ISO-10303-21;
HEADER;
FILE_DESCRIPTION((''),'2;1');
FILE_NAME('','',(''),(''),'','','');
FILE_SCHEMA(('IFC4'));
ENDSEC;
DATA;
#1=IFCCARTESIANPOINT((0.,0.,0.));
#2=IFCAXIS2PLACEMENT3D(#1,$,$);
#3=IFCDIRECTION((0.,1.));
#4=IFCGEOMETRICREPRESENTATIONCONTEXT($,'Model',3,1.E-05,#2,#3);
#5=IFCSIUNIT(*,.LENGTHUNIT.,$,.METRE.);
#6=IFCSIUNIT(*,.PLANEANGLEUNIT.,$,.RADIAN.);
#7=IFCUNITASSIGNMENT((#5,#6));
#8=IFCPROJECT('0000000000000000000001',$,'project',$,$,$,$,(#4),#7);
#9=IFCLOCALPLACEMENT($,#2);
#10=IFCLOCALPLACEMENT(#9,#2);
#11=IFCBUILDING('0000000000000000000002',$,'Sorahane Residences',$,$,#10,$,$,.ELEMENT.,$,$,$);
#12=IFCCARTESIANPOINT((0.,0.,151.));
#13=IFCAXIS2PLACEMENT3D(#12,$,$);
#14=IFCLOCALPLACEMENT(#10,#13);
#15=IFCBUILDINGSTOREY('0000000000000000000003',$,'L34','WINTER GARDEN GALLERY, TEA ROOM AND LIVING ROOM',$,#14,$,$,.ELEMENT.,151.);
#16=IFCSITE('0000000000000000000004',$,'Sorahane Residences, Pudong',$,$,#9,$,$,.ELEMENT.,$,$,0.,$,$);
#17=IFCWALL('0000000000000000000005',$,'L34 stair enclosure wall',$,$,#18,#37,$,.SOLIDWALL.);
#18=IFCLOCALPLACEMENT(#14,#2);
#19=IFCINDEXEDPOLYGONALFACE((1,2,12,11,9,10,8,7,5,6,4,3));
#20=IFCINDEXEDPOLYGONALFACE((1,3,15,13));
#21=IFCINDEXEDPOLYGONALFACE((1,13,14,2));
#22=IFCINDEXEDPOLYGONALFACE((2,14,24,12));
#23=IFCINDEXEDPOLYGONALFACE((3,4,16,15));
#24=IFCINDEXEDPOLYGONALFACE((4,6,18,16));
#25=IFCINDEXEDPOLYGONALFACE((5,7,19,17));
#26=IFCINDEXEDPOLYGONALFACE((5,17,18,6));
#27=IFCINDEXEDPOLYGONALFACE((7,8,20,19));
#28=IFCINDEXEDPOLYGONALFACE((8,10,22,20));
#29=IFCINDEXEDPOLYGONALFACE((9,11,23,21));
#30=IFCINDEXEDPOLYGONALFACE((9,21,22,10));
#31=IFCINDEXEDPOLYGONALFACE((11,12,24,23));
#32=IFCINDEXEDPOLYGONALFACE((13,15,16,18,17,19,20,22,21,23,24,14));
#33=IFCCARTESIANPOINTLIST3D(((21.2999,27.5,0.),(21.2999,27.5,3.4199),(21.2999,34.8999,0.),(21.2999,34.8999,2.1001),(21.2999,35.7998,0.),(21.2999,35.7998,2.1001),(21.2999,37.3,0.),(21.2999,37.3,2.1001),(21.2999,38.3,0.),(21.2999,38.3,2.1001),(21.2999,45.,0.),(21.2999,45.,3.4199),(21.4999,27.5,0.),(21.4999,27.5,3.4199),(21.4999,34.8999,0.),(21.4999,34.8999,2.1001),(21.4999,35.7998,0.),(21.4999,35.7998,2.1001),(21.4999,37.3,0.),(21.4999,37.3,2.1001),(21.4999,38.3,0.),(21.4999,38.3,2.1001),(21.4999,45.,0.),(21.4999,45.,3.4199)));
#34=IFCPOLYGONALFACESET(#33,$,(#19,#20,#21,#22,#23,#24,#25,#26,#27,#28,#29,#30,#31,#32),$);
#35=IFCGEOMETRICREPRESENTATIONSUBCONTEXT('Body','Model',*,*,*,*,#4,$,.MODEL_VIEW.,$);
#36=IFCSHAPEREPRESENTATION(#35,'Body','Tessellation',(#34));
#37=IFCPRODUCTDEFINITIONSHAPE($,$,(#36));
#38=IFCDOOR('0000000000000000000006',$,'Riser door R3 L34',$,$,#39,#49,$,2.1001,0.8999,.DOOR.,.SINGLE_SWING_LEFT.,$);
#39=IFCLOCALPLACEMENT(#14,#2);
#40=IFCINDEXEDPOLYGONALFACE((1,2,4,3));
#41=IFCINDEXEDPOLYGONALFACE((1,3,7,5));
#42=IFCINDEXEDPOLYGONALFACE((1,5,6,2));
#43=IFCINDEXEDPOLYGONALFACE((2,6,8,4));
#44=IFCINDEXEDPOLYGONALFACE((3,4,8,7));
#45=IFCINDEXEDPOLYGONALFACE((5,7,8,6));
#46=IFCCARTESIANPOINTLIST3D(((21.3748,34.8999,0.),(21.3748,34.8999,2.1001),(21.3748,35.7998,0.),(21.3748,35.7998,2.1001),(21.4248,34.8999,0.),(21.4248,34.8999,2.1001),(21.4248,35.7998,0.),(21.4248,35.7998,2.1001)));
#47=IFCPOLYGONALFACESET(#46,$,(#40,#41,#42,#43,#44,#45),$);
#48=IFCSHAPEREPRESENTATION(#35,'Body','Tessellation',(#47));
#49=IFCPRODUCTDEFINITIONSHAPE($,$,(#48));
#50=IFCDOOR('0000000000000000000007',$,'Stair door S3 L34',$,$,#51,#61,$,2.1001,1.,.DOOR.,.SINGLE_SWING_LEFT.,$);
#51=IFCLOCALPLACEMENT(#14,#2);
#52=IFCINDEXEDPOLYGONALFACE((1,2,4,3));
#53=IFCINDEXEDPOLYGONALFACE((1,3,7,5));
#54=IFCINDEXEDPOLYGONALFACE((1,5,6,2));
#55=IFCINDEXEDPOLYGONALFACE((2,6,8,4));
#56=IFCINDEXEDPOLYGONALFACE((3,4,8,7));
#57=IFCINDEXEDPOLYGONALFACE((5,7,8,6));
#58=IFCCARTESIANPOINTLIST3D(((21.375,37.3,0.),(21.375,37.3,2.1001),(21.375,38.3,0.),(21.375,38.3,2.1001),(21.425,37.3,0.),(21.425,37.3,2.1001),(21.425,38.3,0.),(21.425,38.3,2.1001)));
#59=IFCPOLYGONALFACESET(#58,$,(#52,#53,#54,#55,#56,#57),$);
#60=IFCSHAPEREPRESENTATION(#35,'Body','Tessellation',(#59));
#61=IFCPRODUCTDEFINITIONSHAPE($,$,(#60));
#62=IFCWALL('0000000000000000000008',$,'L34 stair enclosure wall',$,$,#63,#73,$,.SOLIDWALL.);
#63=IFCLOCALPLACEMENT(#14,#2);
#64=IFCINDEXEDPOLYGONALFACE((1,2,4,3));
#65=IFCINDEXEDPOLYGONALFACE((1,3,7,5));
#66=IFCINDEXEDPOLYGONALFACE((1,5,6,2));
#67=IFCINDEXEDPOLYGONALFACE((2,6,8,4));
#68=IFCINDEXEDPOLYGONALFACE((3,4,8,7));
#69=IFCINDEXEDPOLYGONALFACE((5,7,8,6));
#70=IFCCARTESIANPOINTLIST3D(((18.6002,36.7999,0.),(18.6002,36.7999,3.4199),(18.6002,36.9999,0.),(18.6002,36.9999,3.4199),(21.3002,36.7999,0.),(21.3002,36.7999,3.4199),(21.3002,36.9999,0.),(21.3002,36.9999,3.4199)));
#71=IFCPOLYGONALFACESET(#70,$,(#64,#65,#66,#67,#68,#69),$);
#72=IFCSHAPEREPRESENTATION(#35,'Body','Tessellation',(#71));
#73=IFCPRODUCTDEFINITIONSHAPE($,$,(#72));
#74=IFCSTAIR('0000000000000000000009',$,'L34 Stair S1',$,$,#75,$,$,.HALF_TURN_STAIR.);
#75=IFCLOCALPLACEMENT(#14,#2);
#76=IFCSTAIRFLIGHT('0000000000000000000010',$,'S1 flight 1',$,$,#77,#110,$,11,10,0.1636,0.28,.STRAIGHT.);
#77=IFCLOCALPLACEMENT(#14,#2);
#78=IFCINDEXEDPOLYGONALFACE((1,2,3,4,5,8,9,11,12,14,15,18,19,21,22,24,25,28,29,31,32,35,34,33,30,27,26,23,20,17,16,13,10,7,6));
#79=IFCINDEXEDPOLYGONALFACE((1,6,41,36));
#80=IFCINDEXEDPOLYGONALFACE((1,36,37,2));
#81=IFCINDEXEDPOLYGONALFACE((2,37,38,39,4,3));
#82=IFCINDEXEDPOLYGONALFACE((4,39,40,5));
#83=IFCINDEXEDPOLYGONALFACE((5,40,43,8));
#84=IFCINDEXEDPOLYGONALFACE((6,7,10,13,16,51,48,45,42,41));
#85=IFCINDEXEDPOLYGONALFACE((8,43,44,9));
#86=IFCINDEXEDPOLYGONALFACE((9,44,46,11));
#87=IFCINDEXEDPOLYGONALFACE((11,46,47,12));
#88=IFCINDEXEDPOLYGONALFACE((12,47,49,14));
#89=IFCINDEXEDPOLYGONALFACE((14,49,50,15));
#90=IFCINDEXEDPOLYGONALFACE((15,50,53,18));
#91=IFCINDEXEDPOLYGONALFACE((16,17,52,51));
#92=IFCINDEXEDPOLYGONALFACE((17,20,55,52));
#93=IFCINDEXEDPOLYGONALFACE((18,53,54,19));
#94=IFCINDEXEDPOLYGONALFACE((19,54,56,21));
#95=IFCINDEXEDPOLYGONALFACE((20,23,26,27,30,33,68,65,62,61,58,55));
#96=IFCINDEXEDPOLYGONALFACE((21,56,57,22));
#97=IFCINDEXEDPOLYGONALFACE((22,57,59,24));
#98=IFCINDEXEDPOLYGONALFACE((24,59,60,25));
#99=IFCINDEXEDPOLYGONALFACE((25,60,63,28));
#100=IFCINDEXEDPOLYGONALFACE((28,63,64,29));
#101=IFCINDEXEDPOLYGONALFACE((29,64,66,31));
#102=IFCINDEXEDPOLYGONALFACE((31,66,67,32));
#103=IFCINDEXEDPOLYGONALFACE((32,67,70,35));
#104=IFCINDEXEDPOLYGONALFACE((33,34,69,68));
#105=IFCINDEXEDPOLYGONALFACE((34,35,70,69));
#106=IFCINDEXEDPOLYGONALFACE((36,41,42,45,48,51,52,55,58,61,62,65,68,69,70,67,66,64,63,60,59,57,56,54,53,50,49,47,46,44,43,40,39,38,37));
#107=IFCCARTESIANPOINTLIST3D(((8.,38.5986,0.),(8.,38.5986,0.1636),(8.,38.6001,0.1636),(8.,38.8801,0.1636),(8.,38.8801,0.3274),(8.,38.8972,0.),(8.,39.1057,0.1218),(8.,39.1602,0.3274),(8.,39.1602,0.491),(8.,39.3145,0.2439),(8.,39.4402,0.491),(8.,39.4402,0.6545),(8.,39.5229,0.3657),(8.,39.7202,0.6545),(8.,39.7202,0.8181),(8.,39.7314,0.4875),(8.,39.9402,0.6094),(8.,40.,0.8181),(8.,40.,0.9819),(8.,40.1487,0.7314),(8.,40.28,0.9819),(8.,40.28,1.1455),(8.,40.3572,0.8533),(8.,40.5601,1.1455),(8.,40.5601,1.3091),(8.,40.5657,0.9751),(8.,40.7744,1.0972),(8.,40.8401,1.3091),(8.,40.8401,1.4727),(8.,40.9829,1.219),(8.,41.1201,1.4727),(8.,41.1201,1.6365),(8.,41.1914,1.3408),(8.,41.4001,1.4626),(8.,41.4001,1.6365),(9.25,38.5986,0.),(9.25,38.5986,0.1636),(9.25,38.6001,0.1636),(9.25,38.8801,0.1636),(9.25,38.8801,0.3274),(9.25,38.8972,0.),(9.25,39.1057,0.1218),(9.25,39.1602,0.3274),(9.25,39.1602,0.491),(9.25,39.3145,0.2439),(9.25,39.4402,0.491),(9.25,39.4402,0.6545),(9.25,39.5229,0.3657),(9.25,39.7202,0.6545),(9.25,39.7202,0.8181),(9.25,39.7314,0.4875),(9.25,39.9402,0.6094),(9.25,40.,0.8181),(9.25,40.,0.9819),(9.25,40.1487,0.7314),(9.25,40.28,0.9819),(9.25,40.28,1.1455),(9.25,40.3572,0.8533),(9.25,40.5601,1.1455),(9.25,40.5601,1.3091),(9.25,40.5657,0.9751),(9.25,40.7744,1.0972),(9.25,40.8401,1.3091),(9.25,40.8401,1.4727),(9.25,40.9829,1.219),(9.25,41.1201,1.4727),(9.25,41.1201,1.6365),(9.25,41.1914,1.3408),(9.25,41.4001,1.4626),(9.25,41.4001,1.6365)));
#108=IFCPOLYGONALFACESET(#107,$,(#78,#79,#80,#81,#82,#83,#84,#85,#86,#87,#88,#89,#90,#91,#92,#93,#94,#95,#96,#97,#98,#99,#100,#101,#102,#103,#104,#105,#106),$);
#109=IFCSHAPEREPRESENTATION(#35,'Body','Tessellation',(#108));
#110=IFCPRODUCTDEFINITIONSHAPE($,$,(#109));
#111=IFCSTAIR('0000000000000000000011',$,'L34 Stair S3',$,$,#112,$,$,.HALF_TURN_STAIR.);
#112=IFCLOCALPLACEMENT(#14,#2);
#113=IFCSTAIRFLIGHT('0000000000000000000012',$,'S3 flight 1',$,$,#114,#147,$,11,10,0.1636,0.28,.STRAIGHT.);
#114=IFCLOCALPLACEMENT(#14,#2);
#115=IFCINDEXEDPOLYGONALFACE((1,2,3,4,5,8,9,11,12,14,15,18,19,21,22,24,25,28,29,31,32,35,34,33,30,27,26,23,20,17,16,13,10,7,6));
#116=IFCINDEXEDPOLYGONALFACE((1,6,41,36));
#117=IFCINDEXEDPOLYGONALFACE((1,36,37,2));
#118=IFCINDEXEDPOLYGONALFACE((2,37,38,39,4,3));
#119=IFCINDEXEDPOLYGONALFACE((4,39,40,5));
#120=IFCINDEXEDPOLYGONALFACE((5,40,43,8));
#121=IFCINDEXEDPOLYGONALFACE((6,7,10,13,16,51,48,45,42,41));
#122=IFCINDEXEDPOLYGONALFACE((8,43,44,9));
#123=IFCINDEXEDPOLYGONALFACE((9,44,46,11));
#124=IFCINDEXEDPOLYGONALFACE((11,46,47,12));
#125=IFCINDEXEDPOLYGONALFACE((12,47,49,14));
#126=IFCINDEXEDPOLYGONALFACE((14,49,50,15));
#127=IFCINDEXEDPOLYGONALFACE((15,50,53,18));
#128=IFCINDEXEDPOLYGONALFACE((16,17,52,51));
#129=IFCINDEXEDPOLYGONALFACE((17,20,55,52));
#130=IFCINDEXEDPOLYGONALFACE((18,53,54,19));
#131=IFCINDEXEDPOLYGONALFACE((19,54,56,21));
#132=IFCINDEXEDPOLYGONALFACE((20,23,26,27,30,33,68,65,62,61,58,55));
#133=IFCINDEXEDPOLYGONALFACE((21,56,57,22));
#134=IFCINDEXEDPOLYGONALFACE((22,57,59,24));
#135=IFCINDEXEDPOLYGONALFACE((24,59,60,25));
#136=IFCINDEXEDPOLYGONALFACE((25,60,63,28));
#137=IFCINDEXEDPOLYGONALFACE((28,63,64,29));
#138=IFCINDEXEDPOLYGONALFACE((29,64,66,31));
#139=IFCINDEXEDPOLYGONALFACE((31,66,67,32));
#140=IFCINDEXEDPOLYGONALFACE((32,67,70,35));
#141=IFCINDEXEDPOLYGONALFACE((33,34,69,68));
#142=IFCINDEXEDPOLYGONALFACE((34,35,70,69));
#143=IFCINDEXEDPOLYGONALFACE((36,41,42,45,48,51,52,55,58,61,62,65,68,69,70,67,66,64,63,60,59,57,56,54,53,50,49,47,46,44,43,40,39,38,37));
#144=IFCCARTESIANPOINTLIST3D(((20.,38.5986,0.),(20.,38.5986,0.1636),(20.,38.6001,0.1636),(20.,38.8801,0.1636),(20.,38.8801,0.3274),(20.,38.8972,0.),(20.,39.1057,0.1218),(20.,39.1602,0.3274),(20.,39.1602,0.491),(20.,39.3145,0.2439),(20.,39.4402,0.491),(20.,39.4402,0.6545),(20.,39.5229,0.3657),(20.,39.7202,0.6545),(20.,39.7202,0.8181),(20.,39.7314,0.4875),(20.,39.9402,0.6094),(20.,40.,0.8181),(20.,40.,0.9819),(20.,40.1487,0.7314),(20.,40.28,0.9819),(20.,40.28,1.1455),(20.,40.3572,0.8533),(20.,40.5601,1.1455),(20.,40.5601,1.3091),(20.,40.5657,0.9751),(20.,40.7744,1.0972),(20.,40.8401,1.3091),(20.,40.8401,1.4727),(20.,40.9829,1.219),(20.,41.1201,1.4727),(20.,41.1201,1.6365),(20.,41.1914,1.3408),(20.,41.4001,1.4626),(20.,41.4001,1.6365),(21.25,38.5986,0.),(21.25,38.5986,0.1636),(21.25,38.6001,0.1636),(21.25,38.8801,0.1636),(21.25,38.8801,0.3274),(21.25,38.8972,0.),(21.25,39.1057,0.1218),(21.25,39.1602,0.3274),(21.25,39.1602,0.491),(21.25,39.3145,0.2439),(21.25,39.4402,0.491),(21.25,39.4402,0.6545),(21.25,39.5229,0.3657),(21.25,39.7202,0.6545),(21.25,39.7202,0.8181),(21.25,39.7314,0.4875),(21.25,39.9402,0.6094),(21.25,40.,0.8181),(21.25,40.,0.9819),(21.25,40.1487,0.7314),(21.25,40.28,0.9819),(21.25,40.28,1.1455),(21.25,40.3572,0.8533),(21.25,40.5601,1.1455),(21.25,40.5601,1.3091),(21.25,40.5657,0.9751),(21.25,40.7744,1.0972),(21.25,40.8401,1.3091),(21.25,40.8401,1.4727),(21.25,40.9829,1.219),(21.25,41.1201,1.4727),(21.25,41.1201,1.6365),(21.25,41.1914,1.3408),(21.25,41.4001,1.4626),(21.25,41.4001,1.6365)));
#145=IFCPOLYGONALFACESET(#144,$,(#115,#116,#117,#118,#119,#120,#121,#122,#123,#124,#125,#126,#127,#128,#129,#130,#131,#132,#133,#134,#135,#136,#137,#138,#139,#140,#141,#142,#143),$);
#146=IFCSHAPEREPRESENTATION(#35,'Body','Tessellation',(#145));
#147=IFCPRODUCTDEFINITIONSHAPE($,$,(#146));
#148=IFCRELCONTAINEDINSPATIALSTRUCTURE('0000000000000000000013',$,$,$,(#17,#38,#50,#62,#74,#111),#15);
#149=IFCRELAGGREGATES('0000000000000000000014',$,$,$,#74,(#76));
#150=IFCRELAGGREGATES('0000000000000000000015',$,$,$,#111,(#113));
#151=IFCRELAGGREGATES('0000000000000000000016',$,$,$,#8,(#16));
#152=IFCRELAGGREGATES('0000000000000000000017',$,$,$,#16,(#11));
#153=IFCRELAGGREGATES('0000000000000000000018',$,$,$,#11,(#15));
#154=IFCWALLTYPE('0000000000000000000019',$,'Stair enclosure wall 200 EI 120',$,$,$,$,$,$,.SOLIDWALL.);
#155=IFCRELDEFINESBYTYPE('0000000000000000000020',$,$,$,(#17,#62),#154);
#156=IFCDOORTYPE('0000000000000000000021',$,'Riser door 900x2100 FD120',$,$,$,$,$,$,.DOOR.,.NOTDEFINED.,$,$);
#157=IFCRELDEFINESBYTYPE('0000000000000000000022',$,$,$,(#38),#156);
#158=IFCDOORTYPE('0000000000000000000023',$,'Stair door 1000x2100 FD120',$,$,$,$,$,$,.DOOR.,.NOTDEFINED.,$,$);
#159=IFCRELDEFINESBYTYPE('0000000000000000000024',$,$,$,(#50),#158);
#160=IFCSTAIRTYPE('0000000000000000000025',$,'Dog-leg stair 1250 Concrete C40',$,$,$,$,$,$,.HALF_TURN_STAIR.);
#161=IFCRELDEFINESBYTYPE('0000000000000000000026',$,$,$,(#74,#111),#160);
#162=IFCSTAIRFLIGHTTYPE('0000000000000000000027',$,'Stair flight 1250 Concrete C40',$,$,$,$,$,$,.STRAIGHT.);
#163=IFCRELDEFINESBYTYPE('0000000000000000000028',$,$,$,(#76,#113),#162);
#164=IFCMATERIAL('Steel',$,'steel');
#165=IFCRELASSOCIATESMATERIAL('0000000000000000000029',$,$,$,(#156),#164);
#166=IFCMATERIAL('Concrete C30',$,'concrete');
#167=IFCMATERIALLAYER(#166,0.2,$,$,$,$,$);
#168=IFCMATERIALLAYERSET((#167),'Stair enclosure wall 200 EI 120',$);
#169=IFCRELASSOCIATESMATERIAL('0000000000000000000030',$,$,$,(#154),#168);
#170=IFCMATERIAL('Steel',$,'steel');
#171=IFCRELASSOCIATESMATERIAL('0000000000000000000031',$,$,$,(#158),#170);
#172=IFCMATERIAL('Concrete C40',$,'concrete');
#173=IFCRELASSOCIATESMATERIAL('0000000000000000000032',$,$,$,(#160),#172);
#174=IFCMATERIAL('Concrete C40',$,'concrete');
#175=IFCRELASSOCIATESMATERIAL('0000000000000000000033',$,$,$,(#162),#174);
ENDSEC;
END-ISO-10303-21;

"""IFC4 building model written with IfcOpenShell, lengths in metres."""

from ifc_helpers import new_model, si_unit, direction, frame, frame_2d, origin, place, context, subcontext, project, spatial, polyline, rectangle, outline, extrude, material, layer, layer_set, type_object, element, fill, aggregate, save


model = new_model("IFC4")

# Units and contexts
model_context = context("Model", 3, precision=1e-05, world=origin(), true_north=direction((0.0, 1.0)))
body_context = subcontext(model_context, "Body", "Model", "MODEL_VIEW")
ifc_project = project(units=[si_unit("LENGTHUNIT", "METRE"), si_unit("PLANEANGLEUNIT", "RADIAN")], contexts=[model_context])

# Site, building, storey
site_placement = place(None, origin())
site = spatial("IfcSite", under=ifc_project, at=site_placement, Name="Sorahane Residences, Pudong", CompositionType="ELEMENT", RefElevation=0.0)
building_placement = place(site_placement, origin())
building = spatial("IfcBuilding", under=site, at=building_placement, Name="Sorahane Residences", CompositionType="ELEMENT")
storey_placement = place(building_placement, frame((0.0, 0.0, 151.0)))
storey = spatial("IfcBuildingStorey", under=building, at=storey_placement, Name="L34", Description="WINTER GARDEN GALLERY, TEA ROOM AND LIVING ROOM", CompositionType="ELEMENT", Elevation=151.0)

# Shared definitions
ifc_material_1 = material(Name="Steel", Category="steel")
door_type_1 = type_object("IfcDoorType", Name="Riser door 900x2100 FD120", OperationType="NOTDEFINED", PredefinedType="DOOR", material=ifc_material_1)

# Wall, openings, doors
ifc_material_2 = material(Name="Concrete C30", Category="concrete")
ifc_layer_1 = layer(ifc_material_2, 0.2)
ifc_layer_set_1 = layer_set([ifc_layer_1], Name="Stair enclosure wall 200 EI 120")
wall_type_1 = type_object("IfcWallType", Name="Stair enclosure wall 200 EI 120", PredefinedType="SOLIDWALL", material=ifc_layer_set_1)
wall_1_placement = place(storey_placement, frame((21.3999, 27.5, 0.0), z_axis=(0.0, 0.0, 1.0), x_axis=(0.0, 1.0, 0.0)))
wall_1 = element("IfcWall", 1, at=wall_1_placement, inside=storey, type_object=wall_type_1, Name="L34 stair enclosure wall", PredefinedType="SOLIDWALL", context=body_context, shape_type="SweptSolid", body=[
    extrude(rectangle(XDim=17.5, YDim=0.2, at=frame_2d((8.75, 0.0))), origin(), (0.0, 0.0, 1.0), 3.4199),
])
opening_1_placement = place(wall_1_placement, frame((9.8, 0.0, 0.0)))
opening_1 = element("IfcOpeningElement", 2, at=opening_1_placement, cuts=wall_1, PredefinedType="OPENING", context=body_context, shape_type="SweptSolid", body=[
    extrude(rectangle(XDim=1.0, YDim=2.1001, at=frame_2d((0.5, 1.05))), frame((0.0, 0.1099, 0.0), z_axis=(0.0, -1.0, 0.0), x_axis=(1.0, 0.0, 0.0)), (0.0, 0.0, 1.0), 0.22),
])
opening_2_placement = place(wall_1_placement, frame((7.3999, 0.0, 0.0)))
opening_2 = element("IfcOpeningElement", 3, at=opening_2_placement, cuts=wall_1, PredefinedType="OPENING", context=body_context, shape_type="SweptSolid", body=[
    extrude(rectangle(XDim=0.8999, YDim=2.1001, at=frame_2d((0.45, 1.05))), frame((0.0, 0.1099, 0.0), z_axis=(0.0, -1.0, 0.0), x_axis=(1.0, 0.0, 0.0)), (0.0, 0.0, 1.0), 0.22),
])
door_1_placement = place(opening_2_placement, frame((0.8999, 0.0, 0.0), z_axis=(0.0, 0.0, 1.0), x_axis=(-1.0, 0.0, 0.0)))
door_1 = element("IfcDoor", 4, at=door_1_placement, inside=storey, type_object=door_type_1, Name="Riser door R3 L34", OperationType="SINGLE_SWING_LEFT", OverallHeight=2.1001, OverallWidth=0.8999, PredefinedType="DOOR", context=body_context, shape_type="SweptSolid", body=[
    extrude(rectangle(XDim=0.8999, YDim=2.1001, at=frame_2d((0.45, 1.05))), frame((0.0, 0.0249, 0.0), z_axis=(0.0, -1.0, 0.0), x_axis=(1.0, 0.0, 0.0)), (0.0, 0.0, 1.0), 0.05),
])
fill(opening_2, door_1)
ifc_material_3 = material(Name="Steel", Category="steel")
door_type_2 = type_object("IfcDoorType", Name="Stair door 1000x2100 FD120", OperationType="NOTDEFINED", PredefinedType="DOOR", material=ifc_material_3)
door_2_placement = place(opening_1_placement, origin())
door_2 = element("IfcDoor", 5, at=door_2_placement, inside=storey, type_object=door_type_2, Name="Stair door S3 L34", OperationType="SINGLE_SWING_LEFT", OverallHeight=2.1001, OverallWidth=1.0, PredefinedType="DOOR", context=body_context, shape_type="SweptSolid", body=[
    extrude(rectangle(XDim=1.0, YDim=2.1001, at=frame_2d((0.5, 1.05))), frame((0.0, 0.0249, 0.0), z_axis=(0.0, -1.0, 0.0), x_axis=(1.0, 0.0, 0.0)), (0.0, 0.0, 1.0), 0.05),
])
fill(opening_1, door_2)

# Wall
wall_2_placement = place(storey_placement, frame((18.6001, 36.8999, 0.0), z_axis=(0.0, 0.0, 1.0), x_axis=(1.0, 0.0, 0.0)))
element("IfcWall", 6, at=wall_2_placement, inside=storey, type_object=wall_type_1, Name="L34 stair enclosure wall", PredefinedType="SOLIDWALL", context=body_context, shape_type="SweptSolid", body=[
    extrude(rectangle(XDim=2.7, YDim=0.2, at=frame_2d((1.3501, 0.0))), origin(), (0.0, 0.0, 1.0), 3.4199),
])

# Stairs, stair flights
ifc_material_4 = material(Name="Concrete C40", Category="concrete")
stair_type = type_object("IfcStairType", Name="Dog-leg stair 1250 Concrete C40", PredefinedType="HALF_TURN_STAIR", material=ifc_material_4)
stair_1_placement = place(storey_placement, origin())
stair_1 = element("IfcStair", 7, at=stair_1_placement, inside=storey, type_object=stair_type, Name="L34 Stair S1", PredefinedType="HALF_TURN_STAIR")
ifc_material_5 = material(Name="Concrete C40", Category="concrete")
stair_flight_type = type_object("IfcStairFlightType", Name="Stair flight 1250 Concrete C40", PredefinedType="STRAIGHT", material=ifc_material_5)
stair_flight_1_placement = place(storey_placement, frame((8.625, 38.6001, 0.0), z_axis=(0.0, 0.0, 1.0), x_axis=(0.0, 1.0, 0.0)))
stair_flight_1 = element("IfcStairFlight", 8, at=stair_flight_1_placement, type_object=stair_flight_type, Name="S1 flight 1", NumberOfRisers=11, NumberOfTreads=10, PredefinedType="STRAIGHT", RiserHeight=0.1636, TreadLength=0.28, context=body_context, shape_type="SweptSolid", body=[
    extrude(outline(polyline([(-0.0015, 0.0), (-0.0015, 0.1636), (0.0, 0.1636), (0.28, 0.1636), (0.28, 0.3274), (0.5601, 0.3274), (0.5601, 0.491), (0.8401, 0.491), (0.8401, 0.6545), (1.1201, 0.6545), (1.1201, 0.8181), (1.3999, 0.8181), (1.3999, 0.9819), (1.6799, 0.9819), (1.6799, 1.1455), (1.96, 1.1455), (1.96, 1.3091), (2.24, 1.3091), (2.24, 1.4727), (2.52, 1.4727), (2.52, 1.6365), (2.8, 1.6365), (2.8, 1.8), (2.8, 1.4626), (2.5913, 1.3408), (2.3828, 1.219), (2.1743, 1.0972), (1.9656, 0.9751), (1.7571, 0.8533), (1.5486, 0.7314), (1.3401, 0.6094), (1.1313, 0.4875), (0.9229, 0.3657), (0.7144, 0.2439), (0.5056, 0.1218), (0.2971, 0.0), (-0.0015, 0.0)])), frame((0.0, 0.625, 0.0), z_axis=(0.0, -1.0, 0.0), x_axis=(1.0, 0.0, 0.0)), (0.0, 0.0, 1.0), 1.25),
])
aggregate(stair_1, [stair_flight_1])
stair_2_placement = place(storey_placement, origin())
stair_2 = element("IfcStair", 9, at=stair_2_placement, inside=storey, type_object=stair_type, Name="L34 Stair S3", PredefinedType="HALF_TURN_STAIR")
stair_flight_2_placement = place(storey_placement, frame((20.625, 38.6001, 0.0), z_axis=(0.0, 0.0, 1.0), x_axis=(0.0, 1.0, 0.0)))
stair_flight_2 = element("IfcStairFlight", 10, at=stair_flight_2_placement, type_object=stair_flight_type, Name="S3 flight 1", NumberOfRisers=11, NumberOfTreads=10, PredefinedType="STRAIGHT", RiserHeight=0.1636, TreadLength=0.28, context=body_context, shape_type="SweptSolid", body=[
    extrude(outline(polyline([(-0.0015, 0.0), (-0.0015, 0.1636), (0.0, 0.1636), (0.28, 0.1636), (0.28, 0.3274), (0.5601, 0.3274), (0.5601, 0.491), (0.8401, 0.491), (0.8401, 0.6545), (1.1201, 0.6545), (1.1201, 0.8181), (1.3999, 0.8181), (1.3999, 0.9819), (1.6799, 0.9819), (1.6799, 1.1455), (1.96, 1.1455), (1.96, 1.3091), (2.24, 1.3091), (2.24, 1.4727), (2.52, 1.4727), (2.52, 1.6365), (2.8, 1.6365), (2.8, 1.8), (2.8, 1.4626), (2.5913, 1.3408), (2.3828, 1.219), (2.1743, 1.0972), (1.9656, 0.9751), (1.7571, 0.8533), (1.5486, 0.7314), (1.3401, 0.6094), (1.1313, 0.4875), (0.9229, 0.3657), (0.7144, 0.2439), (0.5056, 0.1218), (0.2971, 0.0), (-0.0015, 0.0)])), frame((0.0, 0.625, 0.0), z_axis=(0.0, -1.0, 0.0), x_axis=(1.0, 0.0, 0.0)), (0.0, 0.0, 1.0), 1.25),
])
aggregate(stair_2, [stair_flight_2])

save(model, "model.ifc")
